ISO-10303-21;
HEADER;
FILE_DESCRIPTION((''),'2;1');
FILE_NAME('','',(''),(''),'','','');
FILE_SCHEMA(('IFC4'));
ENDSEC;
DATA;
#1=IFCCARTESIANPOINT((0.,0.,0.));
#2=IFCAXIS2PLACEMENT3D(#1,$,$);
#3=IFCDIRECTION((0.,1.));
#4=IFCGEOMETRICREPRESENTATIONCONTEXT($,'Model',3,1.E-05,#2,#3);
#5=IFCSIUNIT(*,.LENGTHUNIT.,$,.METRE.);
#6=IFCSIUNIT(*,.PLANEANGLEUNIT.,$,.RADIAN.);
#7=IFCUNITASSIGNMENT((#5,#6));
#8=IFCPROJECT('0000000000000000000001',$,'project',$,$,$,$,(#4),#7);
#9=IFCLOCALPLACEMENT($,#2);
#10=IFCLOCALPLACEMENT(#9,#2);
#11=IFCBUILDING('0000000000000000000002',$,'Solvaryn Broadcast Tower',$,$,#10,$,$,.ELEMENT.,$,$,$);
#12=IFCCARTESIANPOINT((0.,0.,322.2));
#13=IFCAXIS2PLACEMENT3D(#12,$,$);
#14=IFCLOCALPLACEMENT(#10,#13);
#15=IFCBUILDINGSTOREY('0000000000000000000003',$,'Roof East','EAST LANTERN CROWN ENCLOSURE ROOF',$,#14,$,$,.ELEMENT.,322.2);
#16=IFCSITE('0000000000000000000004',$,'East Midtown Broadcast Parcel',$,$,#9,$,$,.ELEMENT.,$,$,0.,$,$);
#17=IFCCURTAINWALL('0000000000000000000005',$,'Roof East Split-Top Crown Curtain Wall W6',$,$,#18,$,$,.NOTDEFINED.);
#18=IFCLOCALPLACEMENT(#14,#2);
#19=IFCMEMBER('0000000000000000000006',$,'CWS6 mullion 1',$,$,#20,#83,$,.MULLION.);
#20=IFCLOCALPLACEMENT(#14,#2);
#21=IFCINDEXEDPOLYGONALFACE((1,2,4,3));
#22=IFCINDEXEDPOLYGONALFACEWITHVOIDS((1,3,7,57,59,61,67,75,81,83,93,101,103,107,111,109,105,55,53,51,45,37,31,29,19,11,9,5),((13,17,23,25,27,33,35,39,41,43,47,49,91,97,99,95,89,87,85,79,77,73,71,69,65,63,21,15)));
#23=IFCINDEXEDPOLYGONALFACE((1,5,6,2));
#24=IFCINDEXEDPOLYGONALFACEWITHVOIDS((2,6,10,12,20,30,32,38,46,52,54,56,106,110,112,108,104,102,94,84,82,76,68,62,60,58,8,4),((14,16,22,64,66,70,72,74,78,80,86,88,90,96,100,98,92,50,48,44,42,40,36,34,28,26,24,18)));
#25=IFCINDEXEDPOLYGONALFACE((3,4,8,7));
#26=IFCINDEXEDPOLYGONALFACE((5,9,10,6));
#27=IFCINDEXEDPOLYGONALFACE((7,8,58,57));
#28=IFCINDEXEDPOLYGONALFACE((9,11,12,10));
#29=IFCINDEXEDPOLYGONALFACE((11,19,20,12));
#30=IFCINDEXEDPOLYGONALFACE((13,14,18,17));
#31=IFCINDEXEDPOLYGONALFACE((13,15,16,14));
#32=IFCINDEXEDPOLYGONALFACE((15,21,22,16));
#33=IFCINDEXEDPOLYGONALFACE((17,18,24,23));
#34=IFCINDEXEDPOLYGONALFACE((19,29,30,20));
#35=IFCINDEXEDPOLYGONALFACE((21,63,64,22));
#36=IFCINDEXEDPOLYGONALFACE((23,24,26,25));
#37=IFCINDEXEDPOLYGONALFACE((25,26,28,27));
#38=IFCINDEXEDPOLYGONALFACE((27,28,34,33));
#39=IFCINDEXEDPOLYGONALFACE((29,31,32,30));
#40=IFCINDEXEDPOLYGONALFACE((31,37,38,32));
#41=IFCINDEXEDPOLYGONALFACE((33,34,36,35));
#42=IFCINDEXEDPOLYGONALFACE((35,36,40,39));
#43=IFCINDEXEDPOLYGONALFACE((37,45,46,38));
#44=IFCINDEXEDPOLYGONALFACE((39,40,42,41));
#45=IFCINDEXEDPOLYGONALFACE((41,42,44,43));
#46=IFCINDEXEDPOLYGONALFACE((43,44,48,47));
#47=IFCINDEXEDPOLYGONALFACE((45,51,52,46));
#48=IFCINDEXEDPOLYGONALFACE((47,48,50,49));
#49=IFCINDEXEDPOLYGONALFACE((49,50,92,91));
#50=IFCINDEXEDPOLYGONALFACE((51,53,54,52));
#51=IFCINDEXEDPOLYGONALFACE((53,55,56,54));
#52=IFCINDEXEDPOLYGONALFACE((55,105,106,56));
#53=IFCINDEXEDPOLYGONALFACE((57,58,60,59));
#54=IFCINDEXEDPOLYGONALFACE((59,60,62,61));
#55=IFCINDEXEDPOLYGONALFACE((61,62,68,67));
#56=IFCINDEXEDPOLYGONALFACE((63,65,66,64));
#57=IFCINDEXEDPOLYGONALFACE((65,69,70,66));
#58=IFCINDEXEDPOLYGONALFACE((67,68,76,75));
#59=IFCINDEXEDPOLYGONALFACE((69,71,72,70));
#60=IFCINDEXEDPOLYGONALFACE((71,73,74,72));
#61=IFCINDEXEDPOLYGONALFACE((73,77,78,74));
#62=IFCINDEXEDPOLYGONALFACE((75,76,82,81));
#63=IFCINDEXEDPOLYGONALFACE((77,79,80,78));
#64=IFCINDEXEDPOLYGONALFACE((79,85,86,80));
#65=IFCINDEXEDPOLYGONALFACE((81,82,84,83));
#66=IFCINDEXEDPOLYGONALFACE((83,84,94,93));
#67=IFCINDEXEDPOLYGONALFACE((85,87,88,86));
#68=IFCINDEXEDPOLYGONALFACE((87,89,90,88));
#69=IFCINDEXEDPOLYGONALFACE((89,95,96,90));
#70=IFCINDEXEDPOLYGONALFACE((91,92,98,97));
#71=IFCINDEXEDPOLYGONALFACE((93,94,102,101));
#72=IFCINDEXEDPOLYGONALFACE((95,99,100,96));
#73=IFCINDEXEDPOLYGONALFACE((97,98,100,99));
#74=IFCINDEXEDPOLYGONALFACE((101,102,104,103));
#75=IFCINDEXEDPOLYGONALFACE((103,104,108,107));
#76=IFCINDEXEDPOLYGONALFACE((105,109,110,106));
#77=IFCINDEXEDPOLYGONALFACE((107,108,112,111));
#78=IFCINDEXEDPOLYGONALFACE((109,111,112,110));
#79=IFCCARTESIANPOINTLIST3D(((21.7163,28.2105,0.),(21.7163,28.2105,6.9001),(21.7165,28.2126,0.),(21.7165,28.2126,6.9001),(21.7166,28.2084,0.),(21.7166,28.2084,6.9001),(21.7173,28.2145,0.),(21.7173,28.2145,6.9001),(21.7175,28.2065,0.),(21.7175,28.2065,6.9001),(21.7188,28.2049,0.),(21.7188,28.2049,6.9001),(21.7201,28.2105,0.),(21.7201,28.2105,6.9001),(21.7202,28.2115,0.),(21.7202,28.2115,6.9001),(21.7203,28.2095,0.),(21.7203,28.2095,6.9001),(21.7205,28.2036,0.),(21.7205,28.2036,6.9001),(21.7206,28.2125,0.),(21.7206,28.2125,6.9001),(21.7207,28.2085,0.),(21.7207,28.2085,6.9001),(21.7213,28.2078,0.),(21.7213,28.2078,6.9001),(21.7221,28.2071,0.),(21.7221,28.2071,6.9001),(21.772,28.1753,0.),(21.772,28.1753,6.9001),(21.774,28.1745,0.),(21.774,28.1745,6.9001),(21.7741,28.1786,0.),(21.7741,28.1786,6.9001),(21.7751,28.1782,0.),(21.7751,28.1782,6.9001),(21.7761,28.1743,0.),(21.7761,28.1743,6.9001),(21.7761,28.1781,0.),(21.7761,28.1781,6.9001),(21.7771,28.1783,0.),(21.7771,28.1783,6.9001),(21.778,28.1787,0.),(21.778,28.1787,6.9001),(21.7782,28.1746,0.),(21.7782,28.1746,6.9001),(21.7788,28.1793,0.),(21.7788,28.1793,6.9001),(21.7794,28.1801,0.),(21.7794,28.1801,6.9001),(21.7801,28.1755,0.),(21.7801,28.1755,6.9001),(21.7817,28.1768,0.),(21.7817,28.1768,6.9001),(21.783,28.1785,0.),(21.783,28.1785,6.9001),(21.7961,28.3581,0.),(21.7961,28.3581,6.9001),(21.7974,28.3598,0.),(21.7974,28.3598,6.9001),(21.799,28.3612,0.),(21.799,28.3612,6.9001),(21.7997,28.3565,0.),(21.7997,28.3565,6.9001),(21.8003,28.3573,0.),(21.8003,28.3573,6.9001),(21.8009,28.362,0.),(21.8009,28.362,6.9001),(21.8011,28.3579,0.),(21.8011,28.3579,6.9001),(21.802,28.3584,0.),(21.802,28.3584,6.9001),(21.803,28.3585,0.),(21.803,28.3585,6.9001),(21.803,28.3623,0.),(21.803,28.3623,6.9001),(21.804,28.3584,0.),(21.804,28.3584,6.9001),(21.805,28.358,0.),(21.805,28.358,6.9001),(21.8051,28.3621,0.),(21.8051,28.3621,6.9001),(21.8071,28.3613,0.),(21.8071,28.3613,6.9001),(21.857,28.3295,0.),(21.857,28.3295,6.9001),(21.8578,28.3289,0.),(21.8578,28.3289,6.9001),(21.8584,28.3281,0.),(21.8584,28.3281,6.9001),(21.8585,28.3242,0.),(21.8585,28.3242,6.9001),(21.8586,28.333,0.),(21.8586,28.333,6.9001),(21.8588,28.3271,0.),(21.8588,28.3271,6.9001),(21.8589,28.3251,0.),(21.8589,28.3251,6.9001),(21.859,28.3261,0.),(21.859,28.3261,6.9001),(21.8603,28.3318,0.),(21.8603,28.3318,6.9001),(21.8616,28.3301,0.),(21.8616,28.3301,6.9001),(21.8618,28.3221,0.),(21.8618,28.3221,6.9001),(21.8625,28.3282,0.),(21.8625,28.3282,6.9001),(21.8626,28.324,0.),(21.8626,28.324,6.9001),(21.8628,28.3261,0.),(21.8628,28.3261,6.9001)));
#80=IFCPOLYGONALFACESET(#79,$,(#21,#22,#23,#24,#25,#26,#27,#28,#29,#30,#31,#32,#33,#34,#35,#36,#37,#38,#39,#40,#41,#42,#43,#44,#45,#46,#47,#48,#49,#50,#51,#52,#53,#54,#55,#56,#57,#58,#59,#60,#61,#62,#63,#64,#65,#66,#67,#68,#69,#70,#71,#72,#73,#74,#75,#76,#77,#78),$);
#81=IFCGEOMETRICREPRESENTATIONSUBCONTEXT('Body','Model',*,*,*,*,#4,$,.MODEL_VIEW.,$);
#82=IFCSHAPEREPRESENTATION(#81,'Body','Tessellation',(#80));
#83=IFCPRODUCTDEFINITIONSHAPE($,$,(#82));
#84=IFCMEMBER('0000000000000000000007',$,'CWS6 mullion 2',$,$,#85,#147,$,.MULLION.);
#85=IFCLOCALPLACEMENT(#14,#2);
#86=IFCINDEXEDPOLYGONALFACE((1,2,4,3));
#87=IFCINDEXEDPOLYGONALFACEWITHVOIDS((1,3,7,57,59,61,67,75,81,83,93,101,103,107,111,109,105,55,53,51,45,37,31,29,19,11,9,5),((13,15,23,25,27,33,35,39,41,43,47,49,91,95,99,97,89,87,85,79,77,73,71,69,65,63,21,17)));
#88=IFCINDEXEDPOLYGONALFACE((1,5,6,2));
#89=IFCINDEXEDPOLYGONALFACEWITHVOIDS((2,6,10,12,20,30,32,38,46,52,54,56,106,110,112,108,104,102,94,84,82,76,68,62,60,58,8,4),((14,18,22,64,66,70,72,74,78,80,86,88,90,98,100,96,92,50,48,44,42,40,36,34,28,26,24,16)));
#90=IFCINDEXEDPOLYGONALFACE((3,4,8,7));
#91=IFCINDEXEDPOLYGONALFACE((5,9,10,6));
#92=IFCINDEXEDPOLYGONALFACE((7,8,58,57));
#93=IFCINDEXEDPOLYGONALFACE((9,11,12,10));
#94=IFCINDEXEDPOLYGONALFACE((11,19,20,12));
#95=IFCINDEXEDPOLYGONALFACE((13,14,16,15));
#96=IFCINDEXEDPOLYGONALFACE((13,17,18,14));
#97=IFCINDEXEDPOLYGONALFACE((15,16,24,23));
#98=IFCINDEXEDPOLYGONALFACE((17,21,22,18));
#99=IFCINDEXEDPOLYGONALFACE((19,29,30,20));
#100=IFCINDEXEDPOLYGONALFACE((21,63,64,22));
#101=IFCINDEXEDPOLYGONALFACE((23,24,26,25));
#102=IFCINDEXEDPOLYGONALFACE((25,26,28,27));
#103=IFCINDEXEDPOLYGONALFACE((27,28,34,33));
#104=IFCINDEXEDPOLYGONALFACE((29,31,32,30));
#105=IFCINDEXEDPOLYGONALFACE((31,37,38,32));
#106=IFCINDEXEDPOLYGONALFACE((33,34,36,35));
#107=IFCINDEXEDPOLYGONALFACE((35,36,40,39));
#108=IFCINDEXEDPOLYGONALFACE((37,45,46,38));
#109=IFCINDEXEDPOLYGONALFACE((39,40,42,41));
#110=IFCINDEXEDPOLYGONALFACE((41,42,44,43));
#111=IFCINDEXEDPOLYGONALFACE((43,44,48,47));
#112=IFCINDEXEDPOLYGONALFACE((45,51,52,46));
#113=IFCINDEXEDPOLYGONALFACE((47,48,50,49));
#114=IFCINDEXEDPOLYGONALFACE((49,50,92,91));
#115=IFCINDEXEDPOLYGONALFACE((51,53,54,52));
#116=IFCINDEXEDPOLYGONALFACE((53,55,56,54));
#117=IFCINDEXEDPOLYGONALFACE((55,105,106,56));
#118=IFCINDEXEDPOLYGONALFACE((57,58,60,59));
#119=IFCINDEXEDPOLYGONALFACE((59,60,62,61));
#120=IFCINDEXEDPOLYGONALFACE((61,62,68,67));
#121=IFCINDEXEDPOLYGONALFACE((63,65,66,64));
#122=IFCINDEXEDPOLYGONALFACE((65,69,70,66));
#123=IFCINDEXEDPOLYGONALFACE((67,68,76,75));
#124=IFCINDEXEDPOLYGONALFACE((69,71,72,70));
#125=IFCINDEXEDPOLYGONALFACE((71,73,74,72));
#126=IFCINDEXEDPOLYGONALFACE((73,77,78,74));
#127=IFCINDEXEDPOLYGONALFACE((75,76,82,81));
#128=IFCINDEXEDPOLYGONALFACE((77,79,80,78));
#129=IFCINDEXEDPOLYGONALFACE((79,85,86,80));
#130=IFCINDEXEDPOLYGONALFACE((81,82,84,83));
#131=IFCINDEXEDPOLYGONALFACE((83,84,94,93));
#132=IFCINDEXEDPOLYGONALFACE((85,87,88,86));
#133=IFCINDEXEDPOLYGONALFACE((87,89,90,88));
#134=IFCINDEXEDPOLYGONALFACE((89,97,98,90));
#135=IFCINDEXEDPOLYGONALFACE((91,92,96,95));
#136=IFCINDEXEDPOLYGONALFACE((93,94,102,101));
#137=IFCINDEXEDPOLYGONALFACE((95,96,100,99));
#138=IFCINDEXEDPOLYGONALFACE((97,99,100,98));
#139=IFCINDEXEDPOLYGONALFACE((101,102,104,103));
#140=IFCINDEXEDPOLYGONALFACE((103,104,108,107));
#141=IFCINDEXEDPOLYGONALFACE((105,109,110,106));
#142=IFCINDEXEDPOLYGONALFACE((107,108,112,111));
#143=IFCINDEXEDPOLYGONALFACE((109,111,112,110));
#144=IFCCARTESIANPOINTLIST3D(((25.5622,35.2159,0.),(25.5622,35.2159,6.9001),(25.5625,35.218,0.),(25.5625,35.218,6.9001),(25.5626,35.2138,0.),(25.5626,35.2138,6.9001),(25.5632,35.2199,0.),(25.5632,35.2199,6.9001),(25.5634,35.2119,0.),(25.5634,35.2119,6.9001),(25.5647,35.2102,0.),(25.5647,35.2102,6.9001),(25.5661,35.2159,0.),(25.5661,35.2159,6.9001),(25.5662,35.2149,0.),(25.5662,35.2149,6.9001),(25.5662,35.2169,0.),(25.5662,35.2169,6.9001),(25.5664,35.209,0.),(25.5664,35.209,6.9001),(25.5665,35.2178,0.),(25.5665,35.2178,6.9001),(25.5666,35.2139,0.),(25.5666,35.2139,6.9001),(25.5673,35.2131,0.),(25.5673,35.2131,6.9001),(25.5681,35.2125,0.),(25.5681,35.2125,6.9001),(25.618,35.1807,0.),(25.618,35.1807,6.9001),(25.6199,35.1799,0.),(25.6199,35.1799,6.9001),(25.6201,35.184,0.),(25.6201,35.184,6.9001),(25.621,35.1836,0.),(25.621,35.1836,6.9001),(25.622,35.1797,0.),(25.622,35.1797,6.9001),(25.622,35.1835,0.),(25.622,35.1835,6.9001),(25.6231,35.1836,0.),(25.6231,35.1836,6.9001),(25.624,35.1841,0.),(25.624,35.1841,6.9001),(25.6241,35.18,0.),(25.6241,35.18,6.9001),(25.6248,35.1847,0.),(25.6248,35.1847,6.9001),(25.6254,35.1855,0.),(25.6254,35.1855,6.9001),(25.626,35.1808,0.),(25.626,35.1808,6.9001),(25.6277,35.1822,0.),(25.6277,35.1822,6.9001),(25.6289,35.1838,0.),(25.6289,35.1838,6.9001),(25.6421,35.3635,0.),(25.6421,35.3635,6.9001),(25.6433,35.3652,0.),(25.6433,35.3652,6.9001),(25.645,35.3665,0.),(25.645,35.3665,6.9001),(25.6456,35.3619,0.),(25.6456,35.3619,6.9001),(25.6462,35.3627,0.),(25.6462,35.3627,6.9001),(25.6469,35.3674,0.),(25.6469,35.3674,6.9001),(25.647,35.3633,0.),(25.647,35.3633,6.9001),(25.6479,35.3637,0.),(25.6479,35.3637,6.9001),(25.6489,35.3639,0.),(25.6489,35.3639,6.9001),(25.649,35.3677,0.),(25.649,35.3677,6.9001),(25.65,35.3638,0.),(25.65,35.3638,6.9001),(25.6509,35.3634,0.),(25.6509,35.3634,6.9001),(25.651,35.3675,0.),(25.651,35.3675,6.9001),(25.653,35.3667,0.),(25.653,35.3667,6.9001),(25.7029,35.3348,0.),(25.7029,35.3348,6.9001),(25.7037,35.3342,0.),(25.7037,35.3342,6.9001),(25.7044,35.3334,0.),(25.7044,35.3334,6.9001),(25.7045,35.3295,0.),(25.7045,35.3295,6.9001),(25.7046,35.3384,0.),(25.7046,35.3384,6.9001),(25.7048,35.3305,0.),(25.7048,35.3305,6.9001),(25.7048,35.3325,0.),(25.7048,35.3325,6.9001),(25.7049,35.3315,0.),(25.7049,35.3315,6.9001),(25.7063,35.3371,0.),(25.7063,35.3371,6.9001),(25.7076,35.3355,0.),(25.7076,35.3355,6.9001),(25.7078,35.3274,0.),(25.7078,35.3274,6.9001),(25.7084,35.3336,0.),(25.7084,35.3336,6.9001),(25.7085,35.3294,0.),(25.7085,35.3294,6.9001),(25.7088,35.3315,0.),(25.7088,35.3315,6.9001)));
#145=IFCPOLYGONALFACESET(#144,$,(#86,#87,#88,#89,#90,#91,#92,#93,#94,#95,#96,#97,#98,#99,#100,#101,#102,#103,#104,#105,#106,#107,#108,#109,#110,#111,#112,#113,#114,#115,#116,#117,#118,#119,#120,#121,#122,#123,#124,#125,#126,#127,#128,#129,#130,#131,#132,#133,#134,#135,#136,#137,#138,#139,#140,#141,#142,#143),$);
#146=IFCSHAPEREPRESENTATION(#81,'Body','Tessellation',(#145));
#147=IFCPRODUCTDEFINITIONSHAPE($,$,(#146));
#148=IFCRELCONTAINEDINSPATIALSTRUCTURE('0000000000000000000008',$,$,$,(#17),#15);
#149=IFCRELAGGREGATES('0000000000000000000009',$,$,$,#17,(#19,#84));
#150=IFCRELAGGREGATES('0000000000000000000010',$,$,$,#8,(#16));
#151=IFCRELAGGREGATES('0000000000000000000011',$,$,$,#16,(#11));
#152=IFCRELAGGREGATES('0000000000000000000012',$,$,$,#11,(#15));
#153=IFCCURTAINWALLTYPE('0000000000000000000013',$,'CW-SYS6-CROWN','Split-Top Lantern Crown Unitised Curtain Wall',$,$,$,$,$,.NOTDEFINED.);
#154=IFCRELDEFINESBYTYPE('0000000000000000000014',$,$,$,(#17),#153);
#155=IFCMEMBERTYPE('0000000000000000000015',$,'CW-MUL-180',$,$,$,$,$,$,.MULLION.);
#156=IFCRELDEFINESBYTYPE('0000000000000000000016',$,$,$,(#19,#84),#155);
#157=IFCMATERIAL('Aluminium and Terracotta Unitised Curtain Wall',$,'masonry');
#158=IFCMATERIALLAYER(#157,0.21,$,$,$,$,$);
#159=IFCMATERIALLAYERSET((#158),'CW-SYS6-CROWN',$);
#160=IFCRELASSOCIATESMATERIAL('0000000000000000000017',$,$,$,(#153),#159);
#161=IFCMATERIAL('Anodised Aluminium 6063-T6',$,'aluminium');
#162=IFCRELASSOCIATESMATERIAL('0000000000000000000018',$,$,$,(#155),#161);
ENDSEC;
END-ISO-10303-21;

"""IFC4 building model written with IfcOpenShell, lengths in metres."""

from ifc_helpers import new_model, si_unit, direction, frame, origin, origin_2d, place, context, subcontext, project, spatial, hollow_rectangle, extrude, material, layer, layer_set, material_profile, profile_set, type_object, element, aggregate, save


model = new_model("IFC4")

# Units and contexts
model_context = context("Model", 3, precision=1e-05, world=origin(), true_north=direction((0.0, 1.0)))
body_context = subcontext(model_context, "Body", "Model", "MODEL_VIEW")
ifc_project = project(units=[si_unit("LENGTHUNIT", "METRE"), si_unit("PLANEANGLEUNIT", "RADIAN")], contexts=[model_context])

# Site, building, storey
site_placement = place(None, origin())
site = spatial("IfcSite", under=ifc_project, at=site_placement, Name="East Midtown Broadcast Parcel", CompositionType="ELEMENT", RefElevation=0.0)
building_placement = place(site_placement, origin())
building = spatial("IfcBuilding", under=site, at=building_placement, Name="Solvaryn Broadcast Tower", CompositionType="ELEMENT")
storey_placement = place(building_placement, frame((0.0, 0.0, 322.2)))
storey = spatial("IfcBuildingStorey", under=building, at=storey_placement, Name="Roof East", Description="EAST LANTERN CROWN ENCLOSURE ROOF", CompositionType="ELEMENT", Elevation=322.2)

# Shared definitions
ifc_material_1 = material(Name="Aluminium and Terracotta Unitised Curtain Wall", Category="masonry")
ifc_layer_1 = layer(ifc_material_1, 0.21)
ifc_layer_set_1 = layer_set([ifc_layer_1], Name="CW-SYS6-CROWN")
curtain_wall_type = type_object("IfcCurtainWallType", Name="CW-SYS6-CROWN", Description="Split-Top Lantern Crown Unitised Curtain Wall", PredefinedType="NOTDEFINED", material=ifc_layer_set_1)
ifc_material_2 = material(Name="Anodised Aluminium 6063-T6", Category="aluminium")
ifc_material_profile_1 = material_profile(ifc_material_2, hollow_rectangle(XDim=0.075, YDim=0.1799, WallThickness=0.0039, InnerFilletRadius=0.0039, OuterFilletRadius=0.0081, at=origin_2d()))
ifc_profile_set_1 = profile_set([ifc_material_profile_1], Name="Anodised Aluminium 6063-T6")
member_type_1 = type_object("IfcMemberType", Name="CW-MUL-180", PredefinedType="MULLION", material=ifc_profile_set_1)

# Curtain wall, members
curtain_wall_1_placement = place(storey_placement, origin())
curtain_wall_1 = element("IfcCurtainWall", 1, at=curtain_wall_1_placement, inside=storey, type_object=curtain_wall_type, Name="Roof East Split-Top Crown Curtain Wall W6", PredefinedType="NOTDEFINED")
member_1_placement = place(storey_placement, frame((21.7896, 28.2683, 0.0), z_axis=(0.0, 0.0, 1.0), x_axis=(-0.876578, 0.481261, 0.0)))
member_1 = element("IfcMember", 2, at=member_1_placement, type_object=member_type_1, Name="CWS6 mullion 1", PredefinedType="MULLION", context=body_context, shape_type="SweptSolid", body=[
    extrude(hollow_rectangle(XDim=0.075, YDim=0.1799, WallThickness=0.0039, InnerFilletRadius=0.0039, OuterFilletRadius=0.0081, at=origin_2d()), origin(), (0.0, 0.0, 1.0), 6.9001),
])
member_2_placement = place(storey_placement, frame((25.6355, 35.2737, 0.0), z_axis=(0.0, 0.0, 1.0), x_axis=(-0.876578, 0.481261, 0.0)))
member_2 = element("IfcMember", 3, at=member_2_placement, type_object=member_type_1, Name="CWS6 mullion 2", PredefinedType="MULLION", context=body_context, shape_type="SweptSolid", body=[
    extrude(hollow_rectangle(XDim=0.075, YDim=0.1799, WallThickness=0.0039, InnerFilletRadius=0.0039, OuterFilletRadius=0.0081, at=origin_2d()), origin(), (0.0, 0.0, 1.0), 6.9001),
])

aggregate(curtain_wall_1, [member_1, member_2])

save(model, "model.ifc")
